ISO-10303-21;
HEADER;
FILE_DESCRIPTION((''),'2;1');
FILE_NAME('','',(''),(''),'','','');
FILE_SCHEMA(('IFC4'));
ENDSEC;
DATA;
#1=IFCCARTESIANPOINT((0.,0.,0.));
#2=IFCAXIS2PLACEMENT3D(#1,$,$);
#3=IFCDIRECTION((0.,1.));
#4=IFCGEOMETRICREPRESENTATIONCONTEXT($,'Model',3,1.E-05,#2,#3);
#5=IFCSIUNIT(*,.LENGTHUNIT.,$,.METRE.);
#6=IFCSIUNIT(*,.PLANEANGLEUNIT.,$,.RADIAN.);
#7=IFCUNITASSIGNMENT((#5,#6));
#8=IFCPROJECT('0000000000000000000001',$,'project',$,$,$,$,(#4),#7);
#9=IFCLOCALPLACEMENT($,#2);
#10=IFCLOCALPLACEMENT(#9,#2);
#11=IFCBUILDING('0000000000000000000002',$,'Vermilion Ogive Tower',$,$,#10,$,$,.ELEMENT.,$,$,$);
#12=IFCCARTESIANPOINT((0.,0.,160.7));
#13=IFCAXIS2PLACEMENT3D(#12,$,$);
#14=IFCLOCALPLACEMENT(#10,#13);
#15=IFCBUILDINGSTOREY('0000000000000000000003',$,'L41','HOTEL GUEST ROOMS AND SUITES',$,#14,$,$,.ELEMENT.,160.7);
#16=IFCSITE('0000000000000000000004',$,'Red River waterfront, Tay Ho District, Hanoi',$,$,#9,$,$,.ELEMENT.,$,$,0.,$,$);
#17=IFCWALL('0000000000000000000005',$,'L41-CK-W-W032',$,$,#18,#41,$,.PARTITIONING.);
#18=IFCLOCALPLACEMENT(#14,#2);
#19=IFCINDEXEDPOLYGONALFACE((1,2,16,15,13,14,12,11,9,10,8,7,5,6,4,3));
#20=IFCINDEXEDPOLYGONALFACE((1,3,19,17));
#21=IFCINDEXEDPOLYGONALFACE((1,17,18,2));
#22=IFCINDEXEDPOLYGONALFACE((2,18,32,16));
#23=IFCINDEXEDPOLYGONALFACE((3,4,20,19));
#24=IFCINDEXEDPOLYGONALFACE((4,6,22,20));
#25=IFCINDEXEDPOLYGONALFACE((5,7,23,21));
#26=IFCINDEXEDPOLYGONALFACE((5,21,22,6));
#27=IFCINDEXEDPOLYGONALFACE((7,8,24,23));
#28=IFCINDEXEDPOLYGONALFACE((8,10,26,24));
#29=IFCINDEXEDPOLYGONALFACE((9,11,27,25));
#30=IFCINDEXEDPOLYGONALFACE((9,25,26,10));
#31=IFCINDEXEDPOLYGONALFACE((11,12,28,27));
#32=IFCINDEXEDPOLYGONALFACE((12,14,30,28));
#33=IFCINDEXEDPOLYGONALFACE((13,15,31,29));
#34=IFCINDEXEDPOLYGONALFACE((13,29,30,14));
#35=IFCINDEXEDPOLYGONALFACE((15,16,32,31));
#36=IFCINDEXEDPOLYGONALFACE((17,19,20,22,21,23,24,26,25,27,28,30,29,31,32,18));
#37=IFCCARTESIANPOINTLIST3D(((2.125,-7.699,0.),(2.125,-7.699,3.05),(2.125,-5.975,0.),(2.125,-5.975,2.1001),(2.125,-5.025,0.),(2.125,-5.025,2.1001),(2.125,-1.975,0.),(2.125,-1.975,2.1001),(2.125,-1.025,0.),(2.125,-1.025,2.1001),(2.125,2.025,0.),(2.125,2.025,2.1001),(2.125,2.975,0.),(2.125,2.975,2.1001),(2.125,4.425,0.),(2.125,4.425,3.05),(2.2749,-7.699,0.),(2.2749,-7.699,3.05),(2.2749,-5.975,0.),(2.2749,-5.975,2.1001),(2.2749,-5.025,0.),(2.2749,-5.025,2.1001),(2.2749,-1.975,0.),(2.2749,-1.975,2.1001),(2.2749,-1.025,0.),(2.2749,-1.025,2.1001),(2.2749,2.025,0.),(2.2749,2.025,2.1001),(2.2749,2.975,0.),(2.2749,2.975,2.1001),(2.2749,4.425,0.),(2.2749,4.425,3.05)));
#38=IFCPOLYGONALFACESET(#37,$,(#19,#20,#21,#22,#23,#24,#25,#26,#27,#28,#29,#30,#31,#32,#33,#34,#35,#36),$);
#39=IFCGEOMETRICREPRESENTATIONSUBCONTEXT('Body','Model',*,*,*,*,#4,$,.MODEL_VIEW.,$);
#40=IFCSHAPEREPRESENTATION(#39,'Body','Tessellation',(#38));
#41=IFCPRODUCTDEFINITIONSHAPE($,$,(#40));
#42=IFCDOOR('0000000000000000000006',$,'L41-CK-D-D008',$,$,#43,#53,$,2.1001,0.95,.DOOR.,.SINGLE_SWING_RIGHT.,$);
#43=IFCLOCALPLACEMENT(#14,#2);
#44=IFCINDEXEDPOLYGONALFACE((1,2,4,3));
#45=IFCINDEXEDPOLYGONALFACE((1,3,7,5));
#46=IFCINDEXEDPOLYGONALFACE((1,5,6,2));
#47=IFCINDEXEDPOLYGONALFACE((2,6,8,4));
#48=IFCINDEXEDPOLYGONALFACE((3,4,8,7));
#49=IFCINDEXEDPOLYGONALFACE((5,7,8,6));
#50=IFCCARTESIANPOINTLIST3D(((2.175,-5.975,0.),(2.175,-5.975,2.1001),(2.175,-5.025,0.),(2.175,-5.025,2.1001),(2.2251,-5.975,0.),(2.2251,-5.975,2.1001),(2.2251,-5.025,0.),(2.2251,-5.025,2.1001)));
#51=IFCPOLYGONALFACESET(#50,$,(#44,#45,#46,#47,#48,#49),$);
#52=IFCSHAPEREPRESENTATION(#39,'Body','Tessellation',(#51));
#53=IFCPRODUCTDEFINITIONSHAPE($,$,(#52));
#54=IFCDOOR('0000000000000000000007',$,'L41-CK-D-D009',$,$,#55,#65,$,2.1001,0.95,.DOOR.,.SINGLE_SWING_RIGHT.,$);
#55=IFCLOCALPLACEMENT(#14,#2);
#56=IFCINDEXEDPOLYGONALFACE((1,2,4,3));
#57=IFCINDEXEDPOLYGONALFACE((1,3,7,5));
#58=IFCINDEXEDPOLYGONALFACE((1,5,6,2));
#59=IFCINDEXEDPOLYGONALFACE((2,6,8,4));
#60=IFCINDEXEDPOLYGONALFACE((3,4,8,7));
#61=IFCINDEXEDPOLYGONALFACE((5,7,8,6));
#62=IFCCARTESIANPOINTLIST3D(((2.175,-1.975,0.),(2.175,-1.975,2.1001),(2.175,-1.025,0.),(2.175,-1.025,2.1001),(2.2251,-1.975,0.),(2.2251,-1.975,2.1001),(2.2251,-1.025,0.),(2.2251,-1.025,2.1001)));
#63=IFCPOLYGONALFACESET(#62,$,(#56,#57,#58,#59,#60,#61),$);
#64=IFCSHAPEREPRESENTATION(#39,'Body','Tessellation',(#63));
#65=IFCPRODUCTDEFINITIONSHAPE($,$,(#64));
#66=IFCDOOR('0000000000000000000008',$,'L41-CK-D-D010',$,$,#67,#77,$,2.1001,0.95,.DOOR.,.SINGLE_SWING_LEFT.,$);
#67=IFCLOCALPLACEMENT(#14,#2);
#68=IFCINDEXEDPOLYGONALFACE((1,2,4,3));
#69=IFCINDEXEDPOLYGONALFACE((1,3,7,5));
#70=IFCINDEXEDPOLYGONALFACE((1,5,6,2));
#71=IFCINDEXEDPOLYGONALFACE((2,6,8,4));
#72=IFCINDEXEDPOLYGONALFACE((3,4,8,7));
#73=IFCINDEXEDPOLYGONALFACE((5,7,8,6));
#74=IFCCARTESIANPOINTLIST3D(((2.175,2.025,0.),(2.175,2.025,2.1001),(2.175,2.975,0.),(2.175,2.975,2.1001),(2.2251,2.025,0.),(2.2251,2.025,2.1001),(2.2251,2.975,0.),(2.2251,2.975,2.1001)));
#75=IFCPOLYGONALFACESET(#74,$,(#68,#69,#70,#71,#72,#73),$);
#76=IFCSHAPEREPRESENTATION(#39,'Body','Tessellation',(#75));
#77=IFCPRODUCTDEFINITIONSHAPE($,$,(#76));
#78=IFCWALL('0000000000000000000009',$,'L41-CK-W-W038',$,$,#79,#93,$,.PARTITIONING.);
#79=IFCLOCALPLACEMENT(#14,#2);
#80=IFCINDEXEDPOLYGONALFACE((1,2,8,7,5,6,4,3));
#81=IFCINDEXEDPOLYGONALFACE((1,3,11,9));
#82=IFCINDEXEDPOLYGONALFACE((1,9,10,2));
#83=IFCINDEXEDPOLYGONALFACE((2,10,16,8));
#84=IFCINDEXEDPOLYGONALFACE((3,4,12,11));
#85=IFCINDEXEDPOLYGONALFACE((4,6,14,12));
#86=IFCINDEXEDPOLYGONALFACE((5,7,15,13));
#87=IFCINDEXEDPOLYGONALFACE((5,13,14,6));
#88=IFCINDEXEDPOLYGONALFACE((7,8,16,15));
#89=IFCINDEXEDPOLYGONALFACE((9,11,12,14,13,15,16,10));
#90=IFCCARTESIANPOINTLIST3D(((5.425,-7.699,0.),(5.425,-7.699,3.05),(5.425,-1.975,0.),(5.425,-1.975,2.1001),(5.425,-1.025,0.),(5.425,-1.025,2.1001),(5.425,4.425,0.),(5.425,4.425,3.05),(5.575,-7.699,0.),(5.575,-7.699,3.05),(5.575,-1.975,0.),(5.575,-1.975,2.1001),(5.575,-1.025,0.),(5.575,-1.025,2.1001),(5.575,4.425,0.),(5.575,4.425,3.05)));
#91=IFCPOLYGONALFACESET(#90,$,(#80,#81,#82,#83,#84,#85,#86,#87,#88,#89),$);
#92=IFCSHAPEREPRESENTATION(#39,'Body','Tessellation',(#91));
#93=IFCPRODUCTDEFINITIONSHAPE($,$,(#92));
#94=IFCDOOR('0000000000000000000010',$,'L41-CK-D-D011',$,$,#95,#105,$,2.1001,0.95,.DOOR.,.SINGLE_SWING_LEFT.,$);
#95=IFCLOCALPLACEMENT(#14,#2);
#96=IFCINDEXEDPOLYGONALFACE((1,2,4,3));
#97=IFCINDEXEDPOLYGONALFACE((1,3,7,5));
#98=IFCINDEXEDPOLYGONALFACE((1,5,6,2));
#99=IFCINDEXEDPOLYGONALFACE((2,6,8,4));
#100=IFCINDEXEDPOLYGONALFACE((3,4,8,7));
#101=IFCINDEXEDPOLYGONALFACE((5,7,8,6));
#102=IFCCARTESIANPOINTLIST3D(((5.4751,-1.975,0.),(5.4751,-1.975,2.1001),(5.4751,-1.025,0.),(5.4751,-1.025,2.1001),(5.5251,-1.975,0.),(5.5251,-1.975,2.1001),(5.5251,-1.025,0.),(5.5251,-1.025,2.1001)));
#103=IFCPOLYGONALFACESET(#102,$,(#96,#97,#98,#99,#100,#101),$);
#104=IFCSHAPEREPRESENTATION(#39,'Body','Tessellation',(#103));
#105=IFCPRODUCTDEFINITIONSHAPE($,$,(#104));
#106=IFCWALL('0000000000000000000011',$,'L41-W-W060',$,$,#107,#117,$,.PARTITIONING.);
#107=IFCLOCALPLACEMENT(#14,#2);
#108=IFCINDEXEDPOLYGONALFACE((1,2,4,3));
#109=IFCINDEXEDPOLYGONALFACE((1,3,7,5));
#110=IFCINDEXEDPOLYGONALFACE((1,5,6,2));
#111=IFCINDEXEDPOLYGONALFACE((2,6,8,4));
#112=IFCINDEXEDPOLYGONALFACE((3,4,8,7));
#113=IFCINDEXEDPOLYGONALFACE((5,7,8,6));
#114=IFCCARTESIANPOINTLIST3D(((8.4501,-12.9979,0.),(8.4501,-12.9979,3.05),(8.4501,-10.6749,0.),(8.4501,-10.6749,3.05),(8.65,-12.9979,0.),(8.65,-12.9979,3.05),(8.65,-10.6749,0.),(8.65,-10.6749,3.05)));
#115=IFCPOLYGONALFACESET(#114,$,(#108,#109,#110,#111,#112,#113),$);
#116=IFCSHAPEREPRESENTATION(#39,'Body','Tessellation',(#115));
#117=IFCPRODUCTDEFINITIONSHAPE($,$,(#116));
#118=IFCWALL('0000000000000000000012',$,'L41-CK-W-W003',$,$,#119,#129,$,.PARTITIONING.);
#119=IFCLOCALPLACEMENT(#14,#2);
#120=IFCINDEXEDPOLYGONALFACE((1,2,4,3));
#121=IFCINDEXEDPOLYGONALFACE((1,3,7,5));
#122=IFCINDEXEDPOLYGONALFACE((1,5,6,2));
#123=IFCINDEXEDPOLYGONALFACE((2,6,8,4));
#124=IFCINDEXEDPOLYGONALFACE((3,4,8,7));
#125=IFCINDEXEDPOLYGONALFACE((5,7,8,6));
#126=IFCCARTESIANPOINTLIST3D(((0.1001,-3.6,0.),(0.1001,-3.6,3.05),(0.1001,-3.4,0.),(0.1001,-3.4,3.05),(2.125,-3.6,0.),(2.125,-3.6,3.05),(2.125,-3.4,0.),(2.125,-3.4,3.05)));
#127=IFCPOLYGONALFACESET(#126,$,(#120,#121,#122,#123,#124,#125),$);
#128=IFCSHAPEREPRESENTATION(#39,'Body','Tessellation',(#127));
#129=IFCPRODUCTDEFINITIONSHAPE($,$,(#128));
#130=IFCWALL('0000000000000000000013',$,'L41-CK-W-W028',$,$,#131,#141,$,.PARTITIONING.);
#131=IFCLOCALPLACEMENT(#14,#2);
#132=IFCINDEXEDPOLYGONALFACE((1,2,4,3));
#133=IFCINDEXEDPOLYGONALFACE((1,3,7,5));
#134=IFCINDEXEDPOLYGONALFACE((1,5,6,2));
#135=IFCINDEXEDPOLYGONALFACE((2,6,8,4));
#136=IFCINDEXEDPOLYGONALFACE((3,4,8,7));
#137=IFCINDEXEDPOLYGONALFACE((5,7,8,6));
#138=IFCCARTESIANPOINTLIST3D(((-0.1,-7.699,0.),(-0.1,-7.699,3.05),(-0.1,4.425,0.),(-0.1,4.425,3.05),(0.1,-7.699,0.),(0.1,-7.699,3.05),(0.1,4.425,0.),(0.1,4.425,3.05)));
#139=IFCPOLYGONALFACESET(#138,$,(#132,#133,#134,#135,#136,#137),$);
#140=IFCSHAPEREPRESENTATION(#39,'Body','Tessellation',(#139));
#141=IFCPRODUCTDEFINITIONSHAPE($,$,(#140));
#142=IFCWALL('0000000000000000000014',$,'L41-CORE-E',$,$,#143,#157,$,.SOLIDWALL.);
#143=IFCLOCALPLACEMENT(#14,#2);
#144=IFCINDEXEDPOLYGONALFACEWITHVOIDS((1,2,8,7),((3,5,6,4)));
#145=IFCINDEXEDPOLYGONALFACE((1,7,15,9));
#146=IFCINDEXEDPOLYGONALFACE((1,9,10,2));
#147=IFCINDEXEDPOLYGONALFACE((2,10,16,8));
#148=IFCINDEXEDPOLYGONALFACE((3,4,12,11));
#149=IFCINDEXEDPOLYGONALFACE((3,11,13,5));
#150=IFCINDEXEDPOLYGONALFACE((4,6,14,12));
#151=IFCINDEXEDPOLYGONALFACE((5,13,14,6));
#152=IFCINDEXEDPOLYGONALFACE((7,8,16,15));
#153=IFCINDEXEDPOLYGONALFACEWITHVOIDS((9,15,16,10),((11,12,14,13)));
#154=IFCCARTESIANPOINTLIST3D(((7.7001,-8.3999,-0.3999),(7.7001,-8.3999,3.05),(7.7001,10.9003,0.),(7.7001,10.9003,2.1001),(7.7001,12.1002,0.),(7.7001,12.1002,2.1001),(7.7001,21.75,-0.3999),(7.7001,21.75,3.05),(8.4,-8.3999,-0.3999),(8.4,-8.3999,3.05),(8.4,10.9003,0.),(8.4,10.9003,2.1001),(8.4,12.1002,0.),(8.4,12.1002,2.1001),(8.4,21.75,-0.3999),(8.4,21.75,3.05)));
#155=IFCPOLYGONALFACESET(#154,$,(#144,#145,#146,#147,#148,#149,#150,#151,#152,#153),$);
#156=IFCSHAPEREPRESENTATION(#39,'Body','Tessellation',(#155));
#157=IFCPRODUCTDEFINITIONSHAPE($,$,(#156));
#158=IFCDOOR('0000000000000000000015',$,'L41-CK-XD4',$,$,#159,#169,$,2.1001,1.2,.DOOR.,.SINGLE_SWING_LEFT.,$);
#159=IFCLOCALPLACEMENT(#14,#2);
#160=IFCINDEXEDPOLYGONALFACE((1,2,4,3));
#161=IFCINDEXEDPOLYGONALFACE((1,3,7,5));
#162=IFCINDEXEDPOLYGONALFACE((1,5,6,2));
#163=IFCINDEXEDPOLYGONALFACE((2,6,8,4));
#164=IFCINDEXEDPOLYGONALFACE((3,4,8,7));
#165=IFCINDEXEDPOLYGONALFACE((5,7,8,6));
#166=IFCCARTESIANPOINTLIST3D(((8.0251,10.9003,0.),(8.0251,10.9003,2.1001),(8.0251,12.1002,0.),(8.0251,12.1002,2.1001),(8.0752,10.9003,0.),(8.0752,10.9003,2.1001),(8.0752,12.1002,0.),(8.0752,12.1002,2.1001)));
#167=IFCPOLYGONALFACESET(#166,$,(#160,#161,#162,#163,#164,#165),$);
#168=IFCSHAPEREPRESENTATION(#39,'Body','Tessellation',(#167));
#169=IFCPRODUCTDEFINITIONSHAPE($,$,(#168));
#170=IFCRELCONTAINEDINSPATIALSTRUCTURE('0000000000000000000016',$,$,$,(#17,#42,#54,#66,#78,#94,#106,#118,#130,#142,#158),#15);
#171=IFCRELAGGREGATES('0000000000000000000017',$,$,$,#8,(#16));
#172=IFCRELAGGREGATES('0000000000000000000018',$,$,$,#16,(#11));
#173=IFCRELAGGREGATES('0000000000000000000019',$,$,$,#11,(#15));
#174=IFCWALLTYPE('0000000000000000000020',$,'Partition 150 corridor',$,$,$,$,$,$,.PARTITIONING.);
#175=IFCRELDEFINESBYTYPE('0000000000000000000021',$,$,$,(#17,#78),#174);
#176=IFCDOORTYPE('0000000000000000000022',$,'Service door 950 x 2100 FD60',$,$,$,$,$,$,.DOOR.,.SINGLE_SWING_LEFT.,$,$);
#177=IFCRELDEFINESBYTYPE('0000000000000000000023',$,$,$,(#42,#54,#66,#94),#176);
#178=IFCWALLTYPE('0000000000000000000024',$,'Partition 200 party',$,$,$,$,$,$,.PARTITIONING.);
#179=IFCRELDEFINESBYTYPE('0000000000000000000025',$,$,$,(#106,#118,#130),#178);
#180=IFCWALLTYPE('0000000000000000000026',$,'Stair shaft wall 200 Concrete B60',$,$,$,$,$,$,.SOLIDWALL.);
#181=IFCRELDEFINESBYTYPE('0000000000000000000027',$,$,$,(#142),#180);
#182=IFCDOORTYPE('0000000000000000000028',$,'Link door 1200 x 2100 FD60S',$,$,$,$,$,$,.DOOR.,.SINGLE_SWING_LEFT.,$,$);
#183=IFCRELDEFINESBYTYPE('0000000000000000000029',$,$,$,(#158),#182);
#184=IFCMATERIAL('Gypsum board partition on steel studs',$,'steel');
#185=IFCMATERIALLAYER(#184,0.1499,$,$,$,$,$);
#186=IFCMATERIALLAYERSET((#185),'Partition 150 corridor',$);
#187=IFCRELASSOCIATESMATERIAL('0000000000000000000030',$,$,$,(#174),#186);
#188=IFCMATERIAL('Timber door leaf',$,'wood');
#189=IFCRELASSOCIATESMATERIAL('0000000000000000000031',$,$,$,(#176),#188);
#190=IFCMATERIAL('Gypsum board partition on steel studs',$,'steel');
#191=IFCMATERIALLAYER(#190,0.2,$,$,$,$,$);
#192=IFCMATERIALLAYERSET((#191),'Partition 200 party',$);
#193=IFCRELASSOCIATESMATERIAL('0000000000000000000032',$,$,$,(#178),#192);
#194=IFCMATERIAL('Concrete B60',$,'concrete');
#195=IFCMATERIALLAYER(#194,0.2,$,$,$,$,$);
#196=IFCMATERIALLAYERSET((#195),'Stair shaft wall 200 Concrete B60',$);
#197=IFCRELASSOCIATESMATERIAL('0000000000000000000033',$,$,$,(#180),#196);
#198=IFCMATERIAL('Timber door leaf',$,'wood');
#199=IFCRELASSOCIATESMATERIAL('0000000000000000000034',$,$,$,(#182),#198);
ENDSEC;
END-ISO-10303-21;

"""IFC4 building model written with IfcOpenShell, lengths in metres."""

from ifc_helpers import new_model, si_unit, direction, frame, frame_2d, origin, place, context, subcontext, project, spatial, rectangle, extrude, material, layer, layer_set, type_object, element, fill, save


model = new_model("IFC4")

# Units and contexts
model_context = context("Model", 3, precision=1e-05, world=origin(), true_north=direction((0.0, 1.0)))
body_context = subcontext(model_context, "Body", "Model", "MODEL_VIEW")
ifc_project = project(units=[si_unit("LENGTHUNIT", "METRE"), si_unit("PLANEANGLEUNIT", "RADIAN")], contexts=[model_context])

# Site, building, storey
site_placement = place(None, origin())
site = spatial("IfcSite", under=ifc_project, at=site_placement, Name="Red River waterfront, Tay Ho District, Hanoi", CompositionType="ELEMENT", RefElevation=0.0)
building_placement = place(site_placement, origin())
building = spatial("IfcBuilding", under=site, at=building_placement, Name="Vermilion Ogive Tower", CompositionType="ELEMENT")
storey_placement = place(building_placement, frame((0.0, 0.0, 160.7)))
storey = spatial("IfcBuildingStorey", under=building, at=storey_placement, Name="L41", Description="HOTEL GUEST ROOMS AND SUITES", CompositionType="ELEMENT", Elevation=160.7)

# Shared definitions
ifc_material_1 = material(Name="Gypsum board partition on steel studs", Category="steel")
ifc_layer_1 = layer(ifc_material_1, 0.1499)
ifc_layer_set_1 = layer_set([ifc_layer_1], Name="Partition 150 corridor")
wall_type_1 = type_object("IfcWallType", Name="Partition 150 corridor", PredefinedType="PARTITIONING", material=ifc_layer_set_1)

# Wall, openings, doors
wall_1_placement = place(storey_placement, frame((2.2, -7.699, 0.0), z_axis=(0.0, 0.0, 1.0), x_axis=(0.0, 1.0, 0.0)))
wall_1 = element("IfcWall", 1, at=wall_1_placement, inside=storey, type_object=wall_type_1, Name="L41-CK-W-W032", PredefinedType="PARTITIONING", context=body_context, shape_type="SweptSolid", body=[
    extrude(rectangle(XDim=12.124, YDim=0.1499, at=frame_2d((6.062, 0.0))), origin(), (0.0, 0.0, 1.0), 3.05),
])
opening_1_placement = place(wall_1_placement, frame((1.7239, 0.0, 0.0)))
opening_1 = element("IfcOpeningElement", 2, at=opening_1_placement, cuts=wall_1, PredefinedType="OPENING", context=body_context, shape_type="SweptSolid", body=[
    extrude(rectangle(XDim=0.95, YDim=2.1001, at=frame_2d((0.4751, 1.05))), frame((0.0, 0.085, 0.0), z_axis=(0.0, -1.0, 0.0), x_axis=(1.0, 0.0, 0.0)), (0.0, 0.0, 1.0), 0.1699),
])
opening_2_placement = place(wall_1_placement, frame((5.7239, 0.0, 0.0)))
opening_2 = element("IfcOpeningElement", 3, at=opening_2_placement, cuts=wall_1, PredefinedType="OPENING", context=body_context, shape_type="SweptSolid", body=[
    extrude(rectangle(XDim=0.95, YDim=2.1001, at=frame_2d((0.4751, 1.05))), frame((0.0, 0.085, 0.0), z_axis=(0.0, -1.0, 0.0), x_axis=(1.0, 0.0, 0.0)), (0.0, 0.0, 1.0), 0.1699),
])
opening_3_placement = place(wall_1_placement, frame((9.7239, 0.0, 0.0)))
opening_3 = element("IfcOpeningElement", 4, at=opening_3_placement, cuts=wall_1, PredefinedType="OPENING", context=body_context, shape_type="SweptSolid", body=[
    extrude(rectangle(XDim=0.95, YDim=2.1001, at=frame_2d((0.4751, 1.05))), frame((0.0, 0.085, 0.0), z_axis=(0.0, -1.0, 0.0), x_axis=(1.0, 0.0, 0.0)), (0.0, 0.0, 1.0), 0.1699),
])
ifc_material_2 = material(Name="Timber door leaf", Category="wood")
door_type_1 = type_object("IfcDoorType", Name="Service door 950 x 2100 FD60", OperationType="SINGLE_SWING_LEFT", PredefinedType="DOOR", material=ifc_material_2)
door_1_placement = place(opening_1_placement, origin())
door_1 = element("IfcDoor", 5, at=door_1_placement, inside=storey, type_object=door_type_1, Name="L41-CK-D-D008", OperationType="SINGLE_SWING_RIGHT", OverallHeight=2.1001, OverallWidth=0.95, PredefinedType="DOOR", context=body_context, shape_type="SweptSolid", body=[
    extrude(rectangle(XDim=0.95, YDim=2.1001, at=frame_2d((0.4751, 1.05))), frame((0.0, 0.0249, 0.0), z_axis=(0.0, -1.0, 0.0), x_axis=(1.0, 0.0, 0.0)), (0.0, 0.0, 1.0), 0.05),
])
fill(opening_1, door_1)
door_2_placement = place(opening_2_placement, origin())
door_2 = element("IfcDoor", 6, at=door_2_placement, inside=storey, type_object=door_type_1, Name="L41-CK-D-D009", OperationType="SINGLE_SWING_RIGHT", OverallHeight=2.1001, OverallWidth=0.95, PredefinedType="DOOR", context=body_context, shape_type="SweptSolid", body=[
    extrude(rectangle(XDim=0.95, YDim=2.1001, at=frame_2d((0.4751, 1.05))), frame((0.0, 0.0249, 0.0), z_axis=(0.0, -1.0, 0.0), x_axis=(1.0, 0.0, 0.0)), (0.0, 0.0, 1.0), 0.05),
])
fill(opening_2, door_2)
door_3_placement = place(opening_3_placement, origin())
door_3 = element("IfcDoor", 7, at=door_3_placement, inside=storey, type_object=door_type_1, Name="L41-CK-D-D010", OperationType="SINGLE_SWING_LEFT", OverallHeight=2.1001, OverallWidth=0.95, PredefinedType="DOOR", context=body_context, shape_type="SweptSolid", body=[
    extrude(rectangle(XDim=0.95, YDim=2.1001, at=frame_2d((0.4751, 1.05))), frame((0.0, 0.0249, 0.0), z_axis=(0.0, -1.0, 0.0), x_axis=(1.0, 0.0, 0.0)), (0.0, 0.0, 1.0), 0.05),
])
fill(opening_3, door_3)

# Wall, opening, door
wall_2_placement = place(storey_placement, frame((5.5, -7.699, 0.0), z_axis=(0.0, 0.0, 1.0), x_axis=(0.0, 1.0, 0.0)))
wall_2 = element("IfcWall", 8, at=wall_2_placement, inside=storey, type_object=wall_type_1, Name="L41-CK-W-W038", PredefinedType="PARTITIONING", context=body_context, shape_type="SweptSolid", body=[
    extrude(rectangle(XDim=12.124, YDim=0.1499, at=frame_2d((6.062, 0.0))), origin(), (0.0, 0.0, 1.0), 3.05),
])
opening_4_placement = place(wall_2_placement, frame((5.7239, 0.0, 0.0)))
opening_4 = element("IfcOpeningElement", 9, at=opening_4_placement, cuts=wall_2, PredefinedType="OPENING", context=body_context, shape_type="SweptSolid", body=[
    extrude(rectangle(XDim=0.95, YDim=2.1001, at=frame_2d((0.4751, 1.05))), frame((0.0, 0.085, 0.0), z_axis=(0.0, -1.0, 0.0), x_axis=(1.0, 0.0, 0.0)), (0.0, 0.0, 1.0), 0.1699),
])
door_4_placement = place(opening_4_placement, origin())
door_4 = element("IfcDoor", 10, at=door_4_placement, inside=storey, type_object=door_type_1, Name="L41-CK-D-D011", OperationType="SINGLE_SWING_LEFT", OverallHeight=2.1001, OverallWidth=0.95, PredefinedType="DOOR", context=body_context, shape_type="SweptSolid", body=[
    extrude(rectangle(XDim=0.95, YDim=2.1001, at=frame_2d((0.4751, 1.05))), frame((0.0, 0.0249, 0.0), z_axis=(0.0, -1.0, 0.0), x_axis=(1.0, 0.0, 0.0)), (0.0, 0.0, 1.0), 0.05),
])
fill(opening_4, door_4)

# Walls
ifc_material_3 = material(Name="Gypsum board partition on steel studs", Category="steel")
ifc_layer_2 = layer(ifc_material_3, 0.2)
ifc_layer_set_2 = layer_set([ifc_layer_2], Name="Partition 200 party")
wall_type_2 = type_object("IfcWallType", Name="Partition 200 party", PredefinedType="PARTITIONING", material=ifc_layer_set_2)
wall_3_placement = place(storey_placement, frame((8.55, -12.998, 0.0), z_axis=(0.0, 0.0, 1.0), x_axis=(0.0, 1.0, 0.0)))
element("IfcWall", 11, at=wall_3_placement, inside=storey, type_object=wall_type_2, Name="L41-W-W060", PredefinedType="PARTITIONING", context=body_context, shape_type="SweptSolid", body=[
    extrude(rectangle(XDim=2.323, YDim=0.2, at=frame_2d((1.1616, 0.0))), origin(), (0.0, 0.0, 1.0), 3.05),
])
wall_4_placement = place(storey_placement, frame((0.1001, -3.5, 0.0), z_axis=(0.0, 0.0, 1.0), x_axis=(1.0, 0.0, 0.0)))
element("IfcWall", 12, at=wall_4_placement, inside=storey, type_object=wall_type_2, Name="L41-CK-W-W003", PredefinedType="PARTITIONING", context=body_context, shape_type="SweptSolid", body=[
    extrude(rectangle(XDim=2.0249, YDim=0.2, at=frame_2d((1.0125, 0.0))), origin(), (0.0, 0.0, 1.0), 3.05),
])
wall_5_placement = place(storey_placement, frame((0.0, -7.699, 0.0), z_axis=(0.0, 0.0, 1.0), x_axis=(0.0, 1.0, 0.0)))
element("IfcWall", 13, at=wall_5_placement, inside=storey, type_object=wall_type_2, Name="L41-CK-W-W028", PredefinedType="PARTITIONING", context=body_context, shape_type="SweptSolid", body=[
    extrude(rectangle(XDim=12.124, YDim=0.2, at=frame_2d((6.062, 0.0))), origin(), (0.0, 0.0, 1.0), 3.05),
])

# Wall, opening, door
ifc_material_4 = material(Name="Concrete B60", Category="concrete")
ifc_layer_3 = layer(ifc_material_4, 0.2)
ifc_layer_set_3 = layer_set([ifc_layer_3], Name="Stair shaft wall 200 Concrete B60")
wall_type_3 = type_object("IfcWallType", Name="Stair shaft wall 200 Concrete B60", PredefinedType="SOLIDWALL", material=ifc_layer_set_3)
wall_6_placement = place(storey_placement, frame((8.05, -8.3999, -0.3999), z_axis=(0.0, 0.0, 1.0), x_axis=(0.0, 1.0, 0.0)))
wall_6 = element("IfcWall", 14, at=wall_6_placement, inside=storey, type_object=wall_type_3, Name="L41-CORE-E", PredefinedType="SOLIDWALL", context=body_context, shape_type="SweptSolid", body=[
    extrude(rectangle(XDim=30.1499, YDim=0.7, at=frame_2d((15.075, 0.0))), origin(), (0.0, 0.0, 1.0), 3.45),
])
opening_5_placement = place(wall_6_placement, frame((19.3, 0.0, 0.3999)))
opening_5 = element("IfcOpeningElement", 15, at=opening_5_placement, cuts=wall_6, PredefinedType="OPENING", context=body_context, shape_type="SweptSolid", body=[
    extrude(rectangle(XDim=1.2, YDim=2.1001, at=frame_2d((0.6001, 1.05))), frame((0.0, 0.3599, 0.0), z_axis=(0.0, -1.0, 0.0), x_axis=(1.0, 0.0, 0.0)), (0.0, 0.0, 1.0), 0.72),
])
ifc_material_5 = material(Name="Timber door leaf", Category="wood")
door_type_2 = type_object("IfcDoorType", Name="Link door 1200 x 2100 FD60S", OperationType="SINGLE_SWING_LEFT", PredefinedType="DOOR", material=ifc_material_5)
door_5_placement = place(opening_5_placement, origin())
door_5 = element("IfcDoor", 16, at=door_5_placement, inside=storey, type_object=door_type_2, Name="L41-CK-XD4", OperationType="SINGLE_SWING_LEFT", OverallHeight=2.1001, OverallWidth=1.2, PredefinedType="DOOR", context=body_context, shape_type="SweptSolid", body=[
    extrude(rectangle(XDim=1.2, YDim=2.1001, at=frame_2d((0.6001, 1.05))), frame((0.0, 0.0249, 0.0), z_axis=(0.0, -1.0, 0.0), x_axis=(1.0, 0.0, 0.0)), (0.0, 0.0, 1.0), 0.05),
])
fill(opening_5, door_5)

save(model, "model.ifc")
